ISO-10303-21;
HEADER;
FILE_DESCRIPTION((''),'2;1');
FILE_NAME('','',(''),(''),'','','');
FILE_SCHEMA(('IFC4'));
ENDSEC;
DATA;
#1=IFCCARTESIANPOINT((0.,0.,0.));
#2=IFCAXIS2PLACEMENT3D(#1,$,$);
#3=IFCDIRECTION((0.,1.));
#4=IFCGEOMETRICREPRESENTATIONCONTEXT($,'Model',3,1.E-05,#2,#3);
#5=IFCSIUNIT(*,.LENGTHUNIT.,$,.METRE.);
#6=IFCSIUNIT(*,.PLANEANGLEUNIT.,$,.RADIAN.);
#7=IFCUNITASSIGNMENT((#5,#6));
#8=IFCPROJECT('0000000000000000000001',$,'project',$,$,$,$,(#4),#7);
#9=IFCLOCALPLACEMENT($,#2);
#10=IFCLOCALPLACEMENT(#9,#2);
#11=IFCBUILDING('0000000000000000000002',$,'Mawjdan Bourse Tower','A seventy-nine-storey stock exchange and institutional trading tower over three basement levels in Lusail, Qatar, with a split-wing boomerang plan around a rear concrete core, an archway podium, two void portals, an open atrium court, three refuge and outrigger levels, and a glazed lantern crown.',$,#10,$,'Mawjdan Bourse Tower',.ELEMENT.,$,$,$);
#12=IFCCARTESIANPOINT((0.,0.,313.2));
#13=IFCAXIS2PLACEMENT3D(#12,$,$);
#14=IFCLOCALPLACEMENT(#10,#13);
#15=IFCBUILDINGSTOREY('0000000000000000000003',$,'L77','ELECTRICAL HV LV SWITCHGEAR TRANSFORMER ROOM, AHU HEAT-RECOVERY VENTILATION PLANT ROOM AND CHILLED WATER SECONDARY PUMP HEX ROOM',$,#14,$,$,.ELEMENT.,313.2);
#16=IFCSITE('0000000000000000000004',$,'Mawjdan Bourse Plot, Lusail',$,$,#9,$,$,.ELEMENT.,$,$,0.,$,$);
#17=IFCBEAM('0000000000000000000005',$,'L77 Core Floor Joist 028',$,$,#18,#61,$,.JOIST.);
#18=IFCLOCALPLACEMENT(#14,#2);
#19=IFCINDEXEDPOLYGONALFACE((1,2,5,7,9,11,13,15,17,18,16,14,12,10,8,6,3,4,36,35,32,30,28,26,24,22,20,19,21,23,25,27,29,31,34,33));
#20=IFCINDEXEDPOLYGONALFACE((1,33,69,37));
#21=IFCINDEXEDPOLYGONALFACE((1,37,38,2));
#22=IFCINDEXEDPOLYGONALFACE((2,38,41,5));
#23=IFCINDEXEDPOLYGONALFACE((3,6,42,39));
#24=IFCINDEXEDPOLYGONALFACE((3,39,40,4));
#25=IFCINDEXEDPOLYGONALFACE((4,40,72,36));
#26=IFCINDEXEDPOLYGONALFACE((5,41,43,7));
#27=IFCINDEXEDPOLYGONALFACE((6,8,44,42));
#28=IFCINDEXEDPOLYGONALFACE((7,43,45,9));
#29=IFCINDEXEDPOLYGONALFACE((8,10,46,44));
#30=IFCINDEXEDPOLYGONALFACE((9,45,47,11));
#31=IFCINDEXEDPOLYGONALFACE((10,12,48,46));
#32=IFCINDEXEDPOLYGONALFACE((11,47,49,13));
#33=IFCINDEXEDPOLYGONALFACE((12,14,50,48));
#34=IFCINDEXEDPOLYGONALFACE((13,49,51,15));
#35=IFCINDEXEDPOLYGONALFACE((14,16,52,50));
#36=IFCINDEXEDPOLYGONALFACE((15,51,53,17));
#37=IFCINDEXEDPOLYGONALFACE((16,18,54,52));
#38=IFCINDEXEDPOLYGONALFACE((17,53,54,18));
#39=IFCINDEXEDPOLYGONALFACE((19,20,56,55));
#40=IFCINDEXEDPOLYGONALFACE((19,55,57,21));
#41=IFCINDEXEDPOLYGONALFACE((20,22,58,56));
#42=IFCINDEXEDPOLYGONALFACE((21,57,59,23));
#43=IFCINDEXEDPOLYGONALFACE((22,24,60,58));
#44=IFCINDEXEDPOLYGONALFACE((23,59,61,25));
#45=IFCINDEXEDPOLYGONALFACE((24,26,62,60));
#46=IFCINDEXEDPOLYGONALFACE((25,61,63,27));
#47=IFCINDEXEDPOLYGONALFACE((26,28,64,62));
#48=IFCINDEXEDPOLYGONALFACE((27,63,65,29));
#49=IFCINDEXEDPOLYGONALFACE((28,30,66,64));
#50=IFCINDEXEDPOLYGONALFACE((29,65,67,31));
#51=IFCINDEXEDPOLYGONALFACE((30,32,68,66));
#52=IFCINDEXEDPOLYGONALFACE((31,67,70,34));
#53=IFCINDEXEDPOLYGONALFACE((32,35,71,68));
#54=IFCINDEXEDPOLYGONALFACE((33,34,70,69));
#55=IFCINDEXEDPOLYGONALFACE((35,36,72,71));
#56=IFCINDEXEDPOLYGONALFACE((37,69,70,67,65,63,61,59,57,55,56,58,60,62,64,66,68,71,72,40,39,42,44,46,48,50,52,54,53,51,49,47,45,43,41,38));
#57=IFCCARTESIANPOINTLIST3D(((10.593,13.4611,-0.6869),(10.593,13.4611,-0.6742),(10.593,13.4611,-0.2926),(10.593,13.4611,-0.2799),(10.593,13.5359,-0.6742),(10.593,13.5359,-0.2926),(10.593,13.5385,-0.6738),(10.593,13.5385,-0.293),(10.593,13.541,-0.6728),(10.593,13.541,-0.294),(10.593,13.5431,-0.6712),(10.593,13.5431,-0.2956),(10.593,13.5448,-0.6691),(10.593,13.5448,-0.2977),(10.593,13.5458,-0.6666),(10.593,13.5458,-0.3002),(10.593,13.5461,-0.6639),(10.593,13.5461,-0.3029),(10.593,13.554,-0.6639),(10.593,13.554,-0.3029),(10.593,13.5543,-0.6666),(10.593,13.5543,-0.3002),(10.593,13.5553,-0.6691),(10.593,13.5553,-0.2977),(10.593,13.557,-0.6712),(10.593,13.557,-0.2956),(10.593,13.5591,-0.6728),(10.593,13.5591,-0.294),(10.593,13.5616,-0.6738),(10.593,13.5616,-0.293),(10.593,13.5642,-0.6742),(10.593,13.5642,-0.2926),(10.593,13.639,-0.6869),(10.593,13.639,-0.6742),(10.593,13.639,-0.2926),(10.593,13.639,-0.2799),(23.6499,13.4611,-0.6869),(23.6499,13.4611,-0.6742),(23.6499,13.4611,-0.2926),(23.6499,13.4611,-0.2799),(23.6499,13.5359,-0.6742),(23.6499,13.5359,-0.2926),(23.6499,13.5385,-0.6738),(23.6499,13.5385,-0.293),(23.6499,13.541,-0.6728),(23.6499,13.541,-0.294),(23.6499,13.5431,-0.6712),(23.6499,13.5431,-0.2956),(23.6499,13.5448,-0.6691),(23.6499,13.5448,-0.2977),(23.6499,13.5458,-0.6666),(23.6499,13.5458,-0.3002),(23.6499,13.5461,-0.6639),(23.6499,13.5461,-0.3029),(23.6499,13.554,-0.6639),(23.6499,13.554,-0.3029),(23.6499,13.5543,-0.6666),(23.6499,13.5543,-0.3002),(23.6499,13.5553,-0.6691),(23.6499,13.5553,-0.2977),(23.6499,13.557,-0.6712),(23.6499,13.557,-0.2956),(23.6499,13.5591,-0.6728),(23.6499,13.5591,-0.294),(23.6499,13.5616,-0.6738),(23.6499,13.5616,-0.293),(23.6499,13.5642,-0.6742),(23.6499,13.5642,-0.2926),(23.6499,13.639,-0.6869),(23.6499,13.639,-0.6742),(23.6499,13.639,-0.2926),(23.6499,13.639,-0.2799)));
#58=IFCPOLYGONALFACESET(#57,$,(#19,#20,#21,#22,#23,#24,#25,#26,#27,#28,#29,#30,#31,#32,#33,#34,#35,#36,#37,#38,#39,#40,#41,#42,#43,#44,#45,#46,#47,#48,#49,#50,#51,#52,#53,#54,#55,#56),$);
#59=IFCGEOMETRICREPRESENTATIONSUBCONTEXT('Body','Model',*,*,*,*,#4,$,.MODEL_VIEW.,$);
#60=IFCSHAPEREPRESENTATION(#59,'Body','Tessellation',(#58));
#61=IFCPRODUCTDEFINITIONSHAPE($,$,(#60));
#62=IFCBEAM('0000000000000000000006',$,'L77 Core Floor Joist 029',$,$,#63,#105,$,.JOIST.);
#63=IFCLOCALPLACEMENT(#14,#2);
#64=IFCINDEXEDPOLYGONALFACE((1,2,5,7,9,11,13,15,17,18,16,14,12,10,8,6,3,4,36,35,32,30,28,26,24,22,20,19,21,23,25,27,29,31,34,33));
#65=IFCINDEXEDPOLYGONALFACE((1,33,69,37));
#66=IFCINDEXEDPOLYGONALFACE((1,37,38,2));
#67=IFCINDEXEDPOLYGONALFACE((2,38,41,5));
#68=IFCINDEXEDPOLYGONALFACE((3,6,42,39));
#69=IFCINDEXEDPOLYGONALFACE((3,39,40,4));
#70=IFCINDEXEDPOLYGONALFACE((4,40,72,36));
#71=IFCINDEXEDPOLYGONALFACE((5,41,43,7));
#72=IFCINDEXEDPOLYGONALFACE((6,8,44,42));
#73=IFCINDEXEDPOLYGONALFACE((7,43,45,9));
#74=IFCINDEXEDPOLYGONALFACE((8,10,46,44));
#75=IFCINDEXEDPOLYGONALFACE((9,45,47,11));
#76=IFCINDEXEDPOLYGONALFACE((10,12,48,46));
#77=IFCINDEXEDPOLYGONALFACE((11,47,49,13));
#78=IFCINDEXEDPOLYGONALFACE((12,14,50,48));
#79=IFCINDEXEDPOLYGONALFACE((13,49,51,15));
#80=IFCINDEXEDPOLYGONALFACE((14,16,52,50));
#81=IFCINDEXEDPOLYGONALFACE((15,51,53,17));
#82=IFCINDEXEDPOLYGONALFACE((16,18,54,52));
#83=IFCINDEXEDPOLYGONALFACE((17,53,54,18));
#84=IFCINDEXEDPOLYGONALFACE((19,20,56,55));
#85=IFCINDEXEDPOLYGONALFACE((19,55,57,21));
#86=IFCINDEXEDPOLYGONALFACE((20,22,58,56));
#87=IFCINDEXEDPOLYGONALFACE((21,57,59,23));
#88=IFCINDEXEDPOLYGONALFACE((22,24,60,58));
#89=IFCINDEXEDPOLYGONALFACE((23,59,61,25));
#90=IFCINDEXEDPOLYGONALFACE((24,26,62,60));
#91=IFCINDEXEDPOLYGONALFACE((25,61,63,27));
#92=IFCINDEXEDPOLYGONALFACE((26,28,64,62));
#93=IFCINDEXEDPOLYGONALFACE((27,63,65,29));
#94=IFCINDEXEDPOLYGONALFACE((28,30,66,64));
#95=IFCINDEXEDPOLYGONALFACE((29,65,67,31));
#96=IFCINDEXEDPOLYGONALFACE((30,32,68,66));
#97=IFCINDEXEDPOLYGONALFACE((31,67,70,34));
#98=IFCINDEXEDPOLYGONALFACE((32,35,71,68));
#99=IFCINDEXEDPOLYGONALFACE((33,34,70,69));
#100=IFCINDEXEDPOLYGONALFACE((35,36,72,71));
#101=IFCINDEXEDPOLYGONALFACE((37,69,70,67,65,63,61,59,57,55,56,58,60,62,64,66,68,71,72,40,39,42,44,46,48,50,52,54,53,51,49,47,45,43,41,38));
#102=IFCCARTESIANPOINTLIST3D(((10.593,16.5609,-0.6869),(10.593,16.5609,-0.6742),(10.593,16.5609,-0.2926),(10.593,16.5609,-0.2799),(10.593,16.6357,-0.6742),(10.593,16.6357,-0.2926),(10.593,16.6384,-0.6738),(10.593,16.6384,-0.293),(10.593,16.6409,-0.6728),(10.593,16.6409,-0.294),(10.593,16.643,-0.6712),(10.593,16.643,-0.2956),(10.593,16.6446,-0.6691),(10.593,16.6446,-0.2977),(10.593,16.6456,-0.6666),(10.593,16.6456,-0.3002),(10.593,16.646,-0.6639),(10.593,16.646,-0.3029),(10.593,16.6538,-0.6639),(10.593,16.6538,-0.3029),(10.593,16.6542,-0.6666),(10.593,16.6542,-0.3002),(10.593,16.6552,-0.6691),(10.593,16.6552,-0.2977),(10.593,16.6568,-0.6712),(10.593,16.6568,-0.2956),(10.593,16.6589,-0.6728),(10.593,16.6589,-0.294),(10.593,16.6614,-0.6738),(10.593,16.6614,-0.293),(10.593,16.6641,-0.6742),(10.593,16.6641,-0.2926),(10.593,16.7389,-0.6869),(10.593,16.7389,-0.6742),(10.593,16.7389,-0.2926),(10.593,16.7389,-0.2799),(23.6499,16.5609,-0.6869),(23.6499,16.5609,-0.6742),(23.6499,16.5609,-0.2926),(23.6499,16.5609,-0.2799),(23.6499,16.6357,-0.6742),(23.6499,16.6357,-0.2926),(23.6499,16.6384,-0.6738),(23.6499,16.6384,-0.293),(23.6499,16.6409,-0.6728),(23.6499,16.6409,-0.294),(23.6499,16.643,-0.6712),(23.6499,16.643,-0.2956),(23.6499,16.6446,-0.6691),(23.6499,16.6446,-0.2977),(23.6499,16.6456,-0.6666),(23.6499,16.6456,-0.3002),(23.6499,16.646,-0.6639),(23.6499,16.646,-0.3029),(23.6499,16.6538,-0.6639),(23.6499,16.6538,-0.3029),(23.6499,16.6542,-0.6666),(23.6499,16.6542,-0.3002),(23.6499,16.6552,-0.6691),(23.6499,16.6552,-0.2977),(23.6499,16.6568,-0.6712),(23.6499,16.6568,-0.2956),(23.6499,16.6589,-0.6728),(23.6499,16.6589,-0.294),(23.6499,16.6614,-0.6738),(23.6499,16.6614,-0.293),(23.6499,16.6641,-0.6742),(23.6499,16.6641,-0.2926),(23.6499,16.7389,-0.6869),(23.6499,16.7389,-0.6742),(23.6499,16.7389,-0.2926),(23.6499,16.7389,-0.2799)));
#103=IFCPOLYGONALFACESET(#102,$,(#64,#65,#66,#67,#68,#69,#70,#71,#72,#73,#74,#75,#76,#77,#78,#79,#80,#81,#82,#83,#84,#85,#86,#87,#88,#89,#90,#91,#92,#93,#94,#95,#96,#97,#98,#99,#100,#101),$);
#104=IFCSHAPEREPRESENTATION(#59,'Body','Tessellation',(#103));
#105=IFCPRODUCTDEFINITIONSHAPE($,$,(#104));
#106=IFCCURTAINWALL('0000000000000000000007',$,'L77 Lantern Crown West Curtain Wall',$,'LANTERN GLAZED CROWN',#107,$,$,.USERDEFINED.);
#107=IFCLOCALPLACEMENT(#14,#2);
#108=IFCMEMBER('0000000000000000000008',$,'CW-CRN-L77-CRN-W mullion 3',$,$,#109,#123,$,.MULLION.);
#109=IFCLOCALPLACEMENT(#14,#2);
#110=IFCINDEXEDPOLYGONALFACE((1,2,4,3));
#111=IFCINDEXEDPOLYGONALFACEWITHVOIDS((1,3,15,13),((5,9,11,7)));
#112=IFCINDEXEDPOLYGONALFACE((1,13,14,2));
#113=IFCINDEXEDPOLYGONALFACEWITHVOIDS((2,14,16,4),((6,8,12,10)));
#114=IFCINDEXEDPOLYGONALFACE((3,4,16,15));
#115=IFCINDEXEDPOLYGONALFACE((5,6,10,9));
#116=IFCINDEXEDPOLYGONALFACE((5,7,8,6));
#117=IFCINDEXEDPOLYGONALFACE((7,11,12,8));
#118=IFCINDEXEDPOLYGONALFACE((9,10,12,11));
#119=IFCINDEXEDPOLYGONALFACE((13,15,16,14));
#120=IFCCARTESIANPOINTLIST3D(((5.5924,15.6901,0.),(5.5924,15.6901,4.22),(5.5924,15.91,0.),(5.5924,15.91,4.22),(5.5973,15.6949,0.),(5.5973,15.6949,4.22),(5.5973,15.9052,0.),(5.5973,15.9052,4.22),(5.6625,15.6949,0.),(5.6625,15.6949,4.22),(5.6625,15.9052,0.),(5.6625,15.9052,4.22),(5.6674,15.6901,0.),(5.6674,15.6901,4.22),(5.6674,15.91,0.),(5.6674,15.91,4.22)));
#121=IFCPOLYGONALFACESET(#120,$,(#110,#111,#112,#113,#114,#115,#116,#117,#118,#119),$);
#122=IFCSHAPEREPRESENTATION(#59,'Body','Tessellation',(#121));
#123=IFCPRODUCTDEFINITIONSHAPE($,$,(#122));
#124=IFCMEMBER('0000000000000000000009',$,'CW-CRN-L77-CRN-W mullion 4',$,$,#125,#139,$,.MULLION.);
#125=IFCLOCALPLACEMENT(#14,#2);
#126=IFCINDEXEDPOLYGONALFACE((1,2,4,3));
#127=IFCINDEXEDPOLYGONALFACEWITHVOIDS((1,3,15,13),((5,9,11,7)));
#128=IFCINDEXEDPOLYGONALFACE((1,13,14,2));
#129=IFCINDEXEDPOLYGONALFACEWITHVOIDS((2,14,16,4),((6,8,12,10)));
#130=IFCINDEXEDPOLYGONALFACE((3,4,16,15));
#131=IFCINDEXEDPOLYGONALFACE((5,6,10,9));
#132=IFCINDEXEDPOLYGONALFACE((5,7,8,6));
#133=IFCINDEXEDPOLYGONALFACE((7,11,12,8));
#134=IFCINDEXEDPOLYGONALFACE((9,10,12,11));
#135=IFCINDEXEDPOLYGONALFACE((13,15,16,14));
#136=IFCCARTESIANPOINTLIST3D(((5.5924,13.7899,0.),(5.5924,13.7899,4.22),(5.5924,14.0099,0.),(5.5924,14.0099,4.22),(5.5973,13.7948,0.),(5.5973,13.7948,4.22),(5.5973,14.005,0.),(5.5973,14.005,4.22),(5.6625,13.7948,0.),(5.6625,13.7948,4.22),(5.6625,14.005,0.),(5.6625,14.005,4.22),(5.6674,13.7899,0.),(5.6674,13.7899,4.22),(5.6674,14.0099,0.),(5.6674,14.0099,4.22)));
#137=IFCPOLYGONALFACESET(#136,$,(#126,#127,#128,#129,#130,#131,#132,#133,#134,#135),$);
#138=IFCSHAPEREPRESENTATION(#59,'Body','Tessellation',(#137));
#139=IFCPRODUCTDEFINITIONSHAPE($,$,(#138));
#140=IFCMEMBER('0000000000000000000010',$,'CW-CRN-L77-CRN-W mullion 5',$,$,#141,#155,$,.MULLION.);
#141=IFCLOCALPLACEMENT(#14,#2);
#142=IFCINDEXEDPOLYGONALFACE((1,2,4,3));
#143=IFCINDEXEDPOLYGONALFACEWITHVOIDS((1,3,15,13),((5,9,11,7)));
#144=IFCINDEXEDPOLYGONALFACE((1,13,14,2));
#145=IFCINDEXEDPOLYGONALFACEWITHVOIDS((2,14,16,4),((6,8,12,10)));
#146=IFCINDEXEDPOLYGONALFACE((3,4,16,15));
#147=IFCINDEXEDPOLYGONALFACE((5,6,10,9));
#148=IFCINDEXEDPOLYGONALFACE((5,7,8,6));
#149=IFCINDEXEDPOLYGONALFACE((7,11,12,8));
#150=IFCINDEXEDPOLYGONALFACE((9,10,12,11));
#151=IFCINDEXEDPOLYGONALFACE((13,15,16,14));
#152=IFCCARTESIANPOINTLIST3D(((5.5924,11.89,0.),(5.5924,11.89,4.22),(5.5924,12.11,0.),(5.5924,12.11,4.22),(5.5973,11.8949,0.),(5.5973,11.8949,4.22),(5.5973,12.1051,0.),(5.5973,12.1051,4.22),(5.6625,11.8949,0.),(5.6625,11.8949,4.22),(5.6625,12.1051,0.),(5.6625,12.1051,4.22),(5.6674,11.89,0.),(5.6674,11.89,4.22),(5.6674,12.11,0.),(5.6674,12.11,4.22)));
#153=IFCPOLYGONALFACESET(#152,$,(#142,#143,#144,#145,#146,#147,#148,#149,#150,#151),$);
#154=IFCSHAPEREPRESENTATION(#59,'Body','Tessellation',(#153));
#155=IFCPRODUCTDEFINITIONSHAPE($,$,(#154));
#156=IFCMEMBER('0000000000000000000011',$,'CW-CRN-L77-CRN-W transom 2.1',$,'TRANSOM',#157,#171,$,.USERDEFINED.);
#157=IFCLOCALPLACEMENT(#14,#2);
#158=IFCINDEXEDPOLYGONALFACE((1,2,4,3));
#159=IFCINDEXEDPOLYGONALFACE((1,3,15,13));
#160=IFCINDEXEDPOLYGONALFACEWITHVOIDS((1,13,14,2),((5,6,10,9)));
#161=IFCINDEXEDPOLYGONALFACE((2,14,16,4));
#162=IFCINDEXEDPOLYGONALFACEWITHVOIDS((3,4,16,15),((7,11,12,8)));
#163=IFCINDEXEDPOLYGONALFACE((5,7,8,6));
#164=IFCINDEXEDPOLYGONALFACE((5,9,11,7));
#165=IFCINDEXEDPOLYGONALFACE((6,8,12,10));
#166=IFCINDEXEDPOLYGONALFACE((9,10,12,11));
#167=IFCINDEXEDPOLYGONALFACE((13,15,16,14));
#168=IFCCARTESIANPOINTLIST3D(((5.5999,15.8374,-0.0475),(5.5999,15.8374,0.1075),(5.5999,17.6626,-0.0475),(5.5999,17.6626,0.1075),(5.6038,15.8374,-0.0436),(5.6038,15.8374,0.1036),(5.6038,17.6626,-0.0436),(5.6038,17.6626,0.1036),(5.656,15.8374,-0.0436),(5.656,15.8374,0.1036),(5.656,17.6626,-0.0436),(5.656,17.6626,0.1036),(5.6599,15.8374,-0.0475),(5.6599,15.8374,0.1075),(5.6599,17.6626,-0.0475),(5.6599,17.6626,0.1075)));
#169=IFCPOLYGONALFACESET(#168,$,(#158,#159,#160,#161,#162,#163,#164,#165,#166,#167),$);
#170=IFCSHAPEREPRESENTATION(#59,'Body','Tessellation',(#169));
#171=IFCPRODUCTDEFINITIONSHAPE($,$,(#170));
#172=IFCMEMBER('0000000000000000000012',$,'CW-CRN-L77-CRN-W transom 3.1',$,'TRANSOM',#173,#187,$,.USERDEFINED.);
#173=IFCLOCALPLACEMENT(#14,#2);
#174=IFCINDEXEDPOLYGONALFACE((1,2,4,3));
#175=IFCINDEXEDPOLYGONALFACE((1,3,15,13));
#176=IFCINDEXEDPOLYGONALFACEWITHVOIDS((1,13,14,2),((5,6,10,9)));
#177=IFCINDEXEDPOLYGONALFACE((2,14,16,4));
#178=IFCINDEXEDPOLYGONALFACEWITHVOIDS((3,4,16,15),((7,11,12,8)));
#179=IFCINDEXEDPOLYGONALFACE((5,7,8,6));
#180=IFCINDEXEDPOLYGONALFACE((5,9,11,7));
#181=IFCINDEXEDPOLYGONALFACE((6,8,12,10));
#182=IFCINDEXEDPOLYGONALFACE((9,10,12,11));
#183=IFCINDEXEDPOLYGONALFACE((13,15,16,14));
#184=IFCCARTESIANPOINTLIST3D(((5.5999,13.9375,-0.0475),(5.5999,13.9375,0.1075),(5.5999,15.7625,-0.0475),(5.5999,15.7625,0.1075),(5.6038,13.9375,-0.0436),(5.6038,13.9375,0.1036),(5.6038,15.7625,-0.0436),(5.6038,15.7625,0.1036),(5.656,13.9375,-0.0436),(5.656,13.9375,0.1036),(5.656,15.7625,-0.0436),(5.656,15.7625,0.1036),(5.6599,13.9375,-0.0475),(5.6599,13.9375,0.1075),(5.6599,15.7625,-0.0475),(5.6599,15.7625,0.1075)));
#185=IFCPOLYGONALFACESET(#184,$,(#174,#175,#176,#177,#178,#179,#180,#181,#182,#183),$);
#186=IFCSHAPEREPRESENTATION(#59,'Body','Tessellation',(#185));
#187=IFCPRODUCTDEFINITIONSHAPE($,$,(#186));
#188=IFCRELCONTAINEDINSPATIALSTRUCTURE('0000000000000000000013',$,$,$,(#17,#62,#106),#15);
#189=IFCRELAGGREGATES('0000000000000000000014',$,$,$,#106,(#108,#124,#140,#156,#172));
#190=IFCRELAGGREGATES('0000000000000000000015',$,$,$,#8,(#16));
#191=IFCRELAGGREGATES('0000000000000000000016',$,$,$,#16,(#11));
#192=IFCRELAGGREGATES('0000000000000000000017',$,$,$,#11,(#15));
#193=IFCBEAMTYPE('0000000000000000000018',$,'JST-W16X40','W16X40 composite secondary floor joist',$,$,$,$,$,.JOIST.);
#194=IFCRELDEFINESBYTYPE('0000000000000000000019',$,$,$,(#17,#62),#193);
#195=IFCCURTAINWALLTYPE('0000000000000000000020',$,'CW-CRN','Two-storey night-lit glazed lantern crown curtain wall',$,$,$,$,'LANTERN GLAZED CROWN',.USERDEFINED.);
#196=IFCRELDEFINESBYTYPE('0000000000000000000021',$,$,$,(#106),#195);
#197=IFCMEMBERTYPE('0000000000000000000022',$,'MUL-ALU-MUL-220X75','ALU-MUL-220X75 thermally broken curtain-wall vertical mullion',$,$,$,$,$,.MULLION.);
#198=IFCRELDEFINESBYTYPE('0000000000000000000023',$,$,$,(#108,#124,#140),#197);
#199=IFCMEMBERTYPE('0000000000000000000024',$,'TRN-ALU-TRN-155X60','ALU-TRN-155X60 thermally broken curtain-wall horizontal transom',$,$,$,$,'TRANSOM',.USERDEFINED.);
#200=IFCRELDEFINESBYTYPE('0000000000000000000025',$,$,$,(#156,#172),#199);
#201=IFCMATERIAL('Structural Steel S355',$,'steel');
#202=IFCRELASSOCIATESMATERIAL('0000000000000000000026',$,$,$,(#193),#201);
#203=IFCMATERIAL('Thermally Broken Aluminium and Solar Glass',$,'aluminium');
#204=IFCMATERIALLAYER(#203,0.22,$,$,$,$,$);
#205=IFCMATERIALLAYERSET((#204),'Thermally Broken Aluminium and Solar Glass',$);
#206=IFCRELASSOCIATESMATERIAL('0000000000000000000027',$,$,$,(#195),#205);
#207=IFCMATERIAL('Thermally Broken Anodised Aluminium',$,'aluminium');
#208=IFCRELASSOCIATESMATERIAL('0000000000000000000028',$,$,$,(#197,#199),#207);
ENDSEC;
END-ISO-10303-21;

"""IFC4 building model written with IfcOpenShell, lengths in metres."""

from ifc_helpers import new_model, si_unit, direction, frame, origin, origin_2d, place, context, subcontext, project, spatial, hollow_rectangle, i_section, extrude, material, layer, layer_set, material_profile, profile_set, type_object, element, aggregate, save


model = new_model("IFC4")

# Units and contexts
model_context = context("Model", 3, precision=1e-05, world=origin(), true_north=direction((0.0, 1.0)))
body_context = subcontext(model_context, "Body", "Model", "MODEL_VIEW")
ifc_project = project(units=[si_unit("LENGTHUNIT", "METRE"), si_unit("PLANEANGLEUNIT", "RADIAN")], contexts=[model_context])

# Site, building, storey
site_placement = place(None, origin())
site = spatial("IfcSite", under=ifc_project, at=site_placement, Name="Mawjdan Bourse Plot, Lusail", CompositionType="ELEMENT", RefElevation=0.0)
building_placement = place(site_placement, origin())
building = spatial("IfcBuilding", under=site, at=building_placement, Name="Mawjdan Bourse Tower", Description="A seventy-nine-storey stock exchange and institutional trading tower over three basement levels in Lusail, Qatar, with a split-wing boomerang plan around a rear concrete core, an archway podium, two void portals, an open atrium court, three refuge and outrigger levels, and a glazed lantern crown.", LongName="Mawjdan Bourse Tower", CompositionType="ELEMENT")
storey_placement = place(building_placement, frame((0.0, 0.0, 313.2)))
storey = spatial("IfcBuildingStorey", under=building, at=storey_placement, Name="L77", Description="ELECTRICAL HV LV SWITCHGEAR TRANSFORMER ROOM, AHU HEAT-RECOVERY VENTILATION PLANT ROOM AND CHILLED WATER SECONDARY PUMP HEX ROOM", CompositionType="ELEMENT", Elevation=313.2)

# Beams
ifc_material_1 = material(Name="Structural Steel S355", Category="steel")
ifc_material_profile_1 = material_profile(ifc_material_1, i_section(OverallWidth=0.178, OverallDepth=0.407, WebThickness=0.0078, FlangeThickness=0.0127, FilletRadius=0.0103, at=origin_2d()), Name="W16X40")
ifc_profile_set_1 = profile_set([ifc_material_profile_1], Name="Structural Steel S355")
beam_type = type_object("IfcBeamType", Name="JST-W16X40", Description="W16X40 composite secondary floor joist", PredefinedType="JOIST", material=ifc_profile_set_1)
for number, where, z_axis, x_axis, name in (
    (1, (10.593, 13.55, -0.4834), (1.0, 0.0, 0.0), (0.0, 1.0, 0.0), "L77 Core Floor Joist 028"),
    (2, (10.593, 16.6499, -0.4834), (1.0, 0.0, 0.0), (0.0, 1.0, 0.0), "L77 Core Floor Joist 029"),
):
    element("IfcBeam", number, at=place(storey_placement, frame(where, z_axis=z_axis, x_axis=x_axis)), inside=storey, type_object=beam_type, Name=name, PredefinedType="JOIST", context=body_context, shape_type="SweptSolid", body=[
        extrude(i_section(OverallWidth=0.178, OverallDepth=0.407, WebThickness=0.0078, FlangeThickness=0.0127, FilletRadius=0.0103, at=origin_2d()), origin(), (0.0, 0.0, 1.0), 13.0569),
    ])

# Curtain wall, members
ifc_material_2 = material(Name="Thermally Broken Aluminium and Solar Glass", Category="aluminium")
ifc_layer_1 = layer(ifc_material_2, 0.22)
ifc_layer_set_1 = layer_set([ifc_layer_1], Name="Thermally Broken Aluminium and Solar Glass")
curtain_wall_type = type_object("IfcCurtainWallType", Name="CW-CRN", Description="Two-storey night-lit glazed lantern crown curtain wall", ElementType="LANTERN GLAZED CROWN", PredefinedType="USERDEFINED", material=ifc_layer_set_1)
curtain_wall_placement = place(storey_placement, origin())
curtain_wall = element("IfcCurtainWall", 3, at=curtain_wall_placement, inside=storey, type_object=curtain_wall_type, Name="L77 Lantern Crown West Curtain Wall", ObjectType="LANTERN GLAZED CROWN", PredefinedType="USERDEFINED")
ifc_material_3 = material(Name="Thermally Broken Anodised Aluminium", Category="aluminium")
ifc_material_profile_2 = material_profile(ifc_material_3, hollow_rectangle(XDim=0.075, YDim=0.22, WallThickness=0.0049, at=origin_2d()), Name="ALU-MUL-220X75")
ifc_profile_set_2 = profile_set([ifc_material_profile_2], Name="Thermally Broken Anodised Aluminium")
member_type_1 = type_object("IfcMemberType", Name="MUL-ALU-MUL-220X75", Description="ALU-MUL-220X75 thermally broken curtain-wall vertical mullion", PredefinedType="MULLION", material=ifc_profile_set_2)
member_1_placement = place(storey_placement, frame((5.6299, 15.8, 0.0), z_axis=(0.0, 0.0, 1.0), x_axis=(1.0, 0.0, 0.0)))
member_1 = element("IfcMember", 4, at=member_1_placement, type_object=member_type_1, Name="CW-CRN-L77-CRN-W mullion 3", PredefinedType="MULLION", context=body_context, shape_type="SweptSolid", body=[
    extrude(hollow_rectangle(XDim=0.075, YDim=0.22, WallThickness=0.0049, at=origin_2d()), origin(), (0.0, 0.0, 1.0), 4.22),
])
member_2_placement = place(storey_placement, frame((5.6299, 13.8999, 0.0), z_axis=(0.0, 0.0, 1.0), x_axis=(1.0, 0.0, 0.0)))
member_2 = element("IfcMember", 5, at=member_2_placement, type_object=member_type_1, Name="CW-CRN-L77-CRN-W mullion 4", PredefinedType="MULLION", context=body_context, shape_type="SweptSolid", body=[
    extrude(hollow_rectangle(XDim=0.075, YDim=0.22, WallThickness=0.0049, at=origin_2d()), origin(), (0.0, 0.0, 1.0), 4.22),
])
member_3_placement = place(storey_placement, frame((5.6299, 12.0, 0.0), z_axis=(0.0, 0.0, 1.0), x_axis=(1.0, 0.0, 0.0)))
member_3 = element("IfcMember", 6, at=member_3_placement, type_object=member_type_1, Name="CW-CRN-L77-CRN-W mullion 5", PredefinedType="MULLION", context=body_context, shape_type="SweptSolid", body=[
    extrude(hollow_rectangle(XDim=0.075, YDim=0.22, WallThickness=0.0049, at=origin_2d()), origin(), (0.0, 0.0, 1.0), 4.22),
])
ifc_material_profile_3 = material_profile(ifc_material_3, hollow_rectangle(XDim=0.0601, YDim=0.155, WallThickness=0.0039, at=origin_2d()), Name="ALU-TRN-155X60")
ifc_profile_set_3 = profile_set([ifc_material_profile_3], Name="Thermally Broken Anodised Aluminium")
member_type_2 = type_object("IfcMemberType", Name="TRN-ALU-TRN-155X60", Description="ALU-TRN-155X60 thermally broken curtain-wall horizontal transom", ElementType="TRANSOM", PredefinedType="USERDEFINED", material=ifc_profile_set_3)
member_4_placement = place(storey_placement, frame((5.6299, 17.6626, 0.03), z_axis=(0.0, -1.0, 0.0), x_axis=(1.0, 0.0, 0.0)))
member_4 = element("IfcMember", 7, at=member_4_placement, type_object=member_type_2, Name="CW-CRN-L77-CRN-W transom 2.1", ObjectType="TRANSOM", PredefinedType="USERDEFINED", context=body_context, shape_type="SweptSolid", body=[
    extrude(hollow_rectangle(XDim=0.0601, YDim=0.155, WallThickness=0.0039, at=origin_2d()), origin(), (0.0, 0.0, 1.0), 1.8252),
])
member_5_placement = place(storey_placement, frame((5.6299, 15.7625, 0.03), z_axis=(0.0, -1.0, 0.0), x_axis=(1.0, 0.0, 0.0)))
member_5 = element("IfcMember", 8, at=member_5_placement, type_object=member_type_2, Name="CW-CRN-L77-CRN-W transom 3.1", ObjectType="TRANSOM", PredefinedType="USERDEFINED", context=body_context, shape_type="SweptSolid", body=[
    extrude(hollow_rectangle(XDim=0.0601, YDim=0.155, WallThickness=0.0039, at=origin_2d()), origin(), (0.0, 0.0, 1.0), 1.825),
])
aggregate(curtain_wall, [member_1, member_2, member_3, member_4, member_5])

save(model, "model.ifc")
